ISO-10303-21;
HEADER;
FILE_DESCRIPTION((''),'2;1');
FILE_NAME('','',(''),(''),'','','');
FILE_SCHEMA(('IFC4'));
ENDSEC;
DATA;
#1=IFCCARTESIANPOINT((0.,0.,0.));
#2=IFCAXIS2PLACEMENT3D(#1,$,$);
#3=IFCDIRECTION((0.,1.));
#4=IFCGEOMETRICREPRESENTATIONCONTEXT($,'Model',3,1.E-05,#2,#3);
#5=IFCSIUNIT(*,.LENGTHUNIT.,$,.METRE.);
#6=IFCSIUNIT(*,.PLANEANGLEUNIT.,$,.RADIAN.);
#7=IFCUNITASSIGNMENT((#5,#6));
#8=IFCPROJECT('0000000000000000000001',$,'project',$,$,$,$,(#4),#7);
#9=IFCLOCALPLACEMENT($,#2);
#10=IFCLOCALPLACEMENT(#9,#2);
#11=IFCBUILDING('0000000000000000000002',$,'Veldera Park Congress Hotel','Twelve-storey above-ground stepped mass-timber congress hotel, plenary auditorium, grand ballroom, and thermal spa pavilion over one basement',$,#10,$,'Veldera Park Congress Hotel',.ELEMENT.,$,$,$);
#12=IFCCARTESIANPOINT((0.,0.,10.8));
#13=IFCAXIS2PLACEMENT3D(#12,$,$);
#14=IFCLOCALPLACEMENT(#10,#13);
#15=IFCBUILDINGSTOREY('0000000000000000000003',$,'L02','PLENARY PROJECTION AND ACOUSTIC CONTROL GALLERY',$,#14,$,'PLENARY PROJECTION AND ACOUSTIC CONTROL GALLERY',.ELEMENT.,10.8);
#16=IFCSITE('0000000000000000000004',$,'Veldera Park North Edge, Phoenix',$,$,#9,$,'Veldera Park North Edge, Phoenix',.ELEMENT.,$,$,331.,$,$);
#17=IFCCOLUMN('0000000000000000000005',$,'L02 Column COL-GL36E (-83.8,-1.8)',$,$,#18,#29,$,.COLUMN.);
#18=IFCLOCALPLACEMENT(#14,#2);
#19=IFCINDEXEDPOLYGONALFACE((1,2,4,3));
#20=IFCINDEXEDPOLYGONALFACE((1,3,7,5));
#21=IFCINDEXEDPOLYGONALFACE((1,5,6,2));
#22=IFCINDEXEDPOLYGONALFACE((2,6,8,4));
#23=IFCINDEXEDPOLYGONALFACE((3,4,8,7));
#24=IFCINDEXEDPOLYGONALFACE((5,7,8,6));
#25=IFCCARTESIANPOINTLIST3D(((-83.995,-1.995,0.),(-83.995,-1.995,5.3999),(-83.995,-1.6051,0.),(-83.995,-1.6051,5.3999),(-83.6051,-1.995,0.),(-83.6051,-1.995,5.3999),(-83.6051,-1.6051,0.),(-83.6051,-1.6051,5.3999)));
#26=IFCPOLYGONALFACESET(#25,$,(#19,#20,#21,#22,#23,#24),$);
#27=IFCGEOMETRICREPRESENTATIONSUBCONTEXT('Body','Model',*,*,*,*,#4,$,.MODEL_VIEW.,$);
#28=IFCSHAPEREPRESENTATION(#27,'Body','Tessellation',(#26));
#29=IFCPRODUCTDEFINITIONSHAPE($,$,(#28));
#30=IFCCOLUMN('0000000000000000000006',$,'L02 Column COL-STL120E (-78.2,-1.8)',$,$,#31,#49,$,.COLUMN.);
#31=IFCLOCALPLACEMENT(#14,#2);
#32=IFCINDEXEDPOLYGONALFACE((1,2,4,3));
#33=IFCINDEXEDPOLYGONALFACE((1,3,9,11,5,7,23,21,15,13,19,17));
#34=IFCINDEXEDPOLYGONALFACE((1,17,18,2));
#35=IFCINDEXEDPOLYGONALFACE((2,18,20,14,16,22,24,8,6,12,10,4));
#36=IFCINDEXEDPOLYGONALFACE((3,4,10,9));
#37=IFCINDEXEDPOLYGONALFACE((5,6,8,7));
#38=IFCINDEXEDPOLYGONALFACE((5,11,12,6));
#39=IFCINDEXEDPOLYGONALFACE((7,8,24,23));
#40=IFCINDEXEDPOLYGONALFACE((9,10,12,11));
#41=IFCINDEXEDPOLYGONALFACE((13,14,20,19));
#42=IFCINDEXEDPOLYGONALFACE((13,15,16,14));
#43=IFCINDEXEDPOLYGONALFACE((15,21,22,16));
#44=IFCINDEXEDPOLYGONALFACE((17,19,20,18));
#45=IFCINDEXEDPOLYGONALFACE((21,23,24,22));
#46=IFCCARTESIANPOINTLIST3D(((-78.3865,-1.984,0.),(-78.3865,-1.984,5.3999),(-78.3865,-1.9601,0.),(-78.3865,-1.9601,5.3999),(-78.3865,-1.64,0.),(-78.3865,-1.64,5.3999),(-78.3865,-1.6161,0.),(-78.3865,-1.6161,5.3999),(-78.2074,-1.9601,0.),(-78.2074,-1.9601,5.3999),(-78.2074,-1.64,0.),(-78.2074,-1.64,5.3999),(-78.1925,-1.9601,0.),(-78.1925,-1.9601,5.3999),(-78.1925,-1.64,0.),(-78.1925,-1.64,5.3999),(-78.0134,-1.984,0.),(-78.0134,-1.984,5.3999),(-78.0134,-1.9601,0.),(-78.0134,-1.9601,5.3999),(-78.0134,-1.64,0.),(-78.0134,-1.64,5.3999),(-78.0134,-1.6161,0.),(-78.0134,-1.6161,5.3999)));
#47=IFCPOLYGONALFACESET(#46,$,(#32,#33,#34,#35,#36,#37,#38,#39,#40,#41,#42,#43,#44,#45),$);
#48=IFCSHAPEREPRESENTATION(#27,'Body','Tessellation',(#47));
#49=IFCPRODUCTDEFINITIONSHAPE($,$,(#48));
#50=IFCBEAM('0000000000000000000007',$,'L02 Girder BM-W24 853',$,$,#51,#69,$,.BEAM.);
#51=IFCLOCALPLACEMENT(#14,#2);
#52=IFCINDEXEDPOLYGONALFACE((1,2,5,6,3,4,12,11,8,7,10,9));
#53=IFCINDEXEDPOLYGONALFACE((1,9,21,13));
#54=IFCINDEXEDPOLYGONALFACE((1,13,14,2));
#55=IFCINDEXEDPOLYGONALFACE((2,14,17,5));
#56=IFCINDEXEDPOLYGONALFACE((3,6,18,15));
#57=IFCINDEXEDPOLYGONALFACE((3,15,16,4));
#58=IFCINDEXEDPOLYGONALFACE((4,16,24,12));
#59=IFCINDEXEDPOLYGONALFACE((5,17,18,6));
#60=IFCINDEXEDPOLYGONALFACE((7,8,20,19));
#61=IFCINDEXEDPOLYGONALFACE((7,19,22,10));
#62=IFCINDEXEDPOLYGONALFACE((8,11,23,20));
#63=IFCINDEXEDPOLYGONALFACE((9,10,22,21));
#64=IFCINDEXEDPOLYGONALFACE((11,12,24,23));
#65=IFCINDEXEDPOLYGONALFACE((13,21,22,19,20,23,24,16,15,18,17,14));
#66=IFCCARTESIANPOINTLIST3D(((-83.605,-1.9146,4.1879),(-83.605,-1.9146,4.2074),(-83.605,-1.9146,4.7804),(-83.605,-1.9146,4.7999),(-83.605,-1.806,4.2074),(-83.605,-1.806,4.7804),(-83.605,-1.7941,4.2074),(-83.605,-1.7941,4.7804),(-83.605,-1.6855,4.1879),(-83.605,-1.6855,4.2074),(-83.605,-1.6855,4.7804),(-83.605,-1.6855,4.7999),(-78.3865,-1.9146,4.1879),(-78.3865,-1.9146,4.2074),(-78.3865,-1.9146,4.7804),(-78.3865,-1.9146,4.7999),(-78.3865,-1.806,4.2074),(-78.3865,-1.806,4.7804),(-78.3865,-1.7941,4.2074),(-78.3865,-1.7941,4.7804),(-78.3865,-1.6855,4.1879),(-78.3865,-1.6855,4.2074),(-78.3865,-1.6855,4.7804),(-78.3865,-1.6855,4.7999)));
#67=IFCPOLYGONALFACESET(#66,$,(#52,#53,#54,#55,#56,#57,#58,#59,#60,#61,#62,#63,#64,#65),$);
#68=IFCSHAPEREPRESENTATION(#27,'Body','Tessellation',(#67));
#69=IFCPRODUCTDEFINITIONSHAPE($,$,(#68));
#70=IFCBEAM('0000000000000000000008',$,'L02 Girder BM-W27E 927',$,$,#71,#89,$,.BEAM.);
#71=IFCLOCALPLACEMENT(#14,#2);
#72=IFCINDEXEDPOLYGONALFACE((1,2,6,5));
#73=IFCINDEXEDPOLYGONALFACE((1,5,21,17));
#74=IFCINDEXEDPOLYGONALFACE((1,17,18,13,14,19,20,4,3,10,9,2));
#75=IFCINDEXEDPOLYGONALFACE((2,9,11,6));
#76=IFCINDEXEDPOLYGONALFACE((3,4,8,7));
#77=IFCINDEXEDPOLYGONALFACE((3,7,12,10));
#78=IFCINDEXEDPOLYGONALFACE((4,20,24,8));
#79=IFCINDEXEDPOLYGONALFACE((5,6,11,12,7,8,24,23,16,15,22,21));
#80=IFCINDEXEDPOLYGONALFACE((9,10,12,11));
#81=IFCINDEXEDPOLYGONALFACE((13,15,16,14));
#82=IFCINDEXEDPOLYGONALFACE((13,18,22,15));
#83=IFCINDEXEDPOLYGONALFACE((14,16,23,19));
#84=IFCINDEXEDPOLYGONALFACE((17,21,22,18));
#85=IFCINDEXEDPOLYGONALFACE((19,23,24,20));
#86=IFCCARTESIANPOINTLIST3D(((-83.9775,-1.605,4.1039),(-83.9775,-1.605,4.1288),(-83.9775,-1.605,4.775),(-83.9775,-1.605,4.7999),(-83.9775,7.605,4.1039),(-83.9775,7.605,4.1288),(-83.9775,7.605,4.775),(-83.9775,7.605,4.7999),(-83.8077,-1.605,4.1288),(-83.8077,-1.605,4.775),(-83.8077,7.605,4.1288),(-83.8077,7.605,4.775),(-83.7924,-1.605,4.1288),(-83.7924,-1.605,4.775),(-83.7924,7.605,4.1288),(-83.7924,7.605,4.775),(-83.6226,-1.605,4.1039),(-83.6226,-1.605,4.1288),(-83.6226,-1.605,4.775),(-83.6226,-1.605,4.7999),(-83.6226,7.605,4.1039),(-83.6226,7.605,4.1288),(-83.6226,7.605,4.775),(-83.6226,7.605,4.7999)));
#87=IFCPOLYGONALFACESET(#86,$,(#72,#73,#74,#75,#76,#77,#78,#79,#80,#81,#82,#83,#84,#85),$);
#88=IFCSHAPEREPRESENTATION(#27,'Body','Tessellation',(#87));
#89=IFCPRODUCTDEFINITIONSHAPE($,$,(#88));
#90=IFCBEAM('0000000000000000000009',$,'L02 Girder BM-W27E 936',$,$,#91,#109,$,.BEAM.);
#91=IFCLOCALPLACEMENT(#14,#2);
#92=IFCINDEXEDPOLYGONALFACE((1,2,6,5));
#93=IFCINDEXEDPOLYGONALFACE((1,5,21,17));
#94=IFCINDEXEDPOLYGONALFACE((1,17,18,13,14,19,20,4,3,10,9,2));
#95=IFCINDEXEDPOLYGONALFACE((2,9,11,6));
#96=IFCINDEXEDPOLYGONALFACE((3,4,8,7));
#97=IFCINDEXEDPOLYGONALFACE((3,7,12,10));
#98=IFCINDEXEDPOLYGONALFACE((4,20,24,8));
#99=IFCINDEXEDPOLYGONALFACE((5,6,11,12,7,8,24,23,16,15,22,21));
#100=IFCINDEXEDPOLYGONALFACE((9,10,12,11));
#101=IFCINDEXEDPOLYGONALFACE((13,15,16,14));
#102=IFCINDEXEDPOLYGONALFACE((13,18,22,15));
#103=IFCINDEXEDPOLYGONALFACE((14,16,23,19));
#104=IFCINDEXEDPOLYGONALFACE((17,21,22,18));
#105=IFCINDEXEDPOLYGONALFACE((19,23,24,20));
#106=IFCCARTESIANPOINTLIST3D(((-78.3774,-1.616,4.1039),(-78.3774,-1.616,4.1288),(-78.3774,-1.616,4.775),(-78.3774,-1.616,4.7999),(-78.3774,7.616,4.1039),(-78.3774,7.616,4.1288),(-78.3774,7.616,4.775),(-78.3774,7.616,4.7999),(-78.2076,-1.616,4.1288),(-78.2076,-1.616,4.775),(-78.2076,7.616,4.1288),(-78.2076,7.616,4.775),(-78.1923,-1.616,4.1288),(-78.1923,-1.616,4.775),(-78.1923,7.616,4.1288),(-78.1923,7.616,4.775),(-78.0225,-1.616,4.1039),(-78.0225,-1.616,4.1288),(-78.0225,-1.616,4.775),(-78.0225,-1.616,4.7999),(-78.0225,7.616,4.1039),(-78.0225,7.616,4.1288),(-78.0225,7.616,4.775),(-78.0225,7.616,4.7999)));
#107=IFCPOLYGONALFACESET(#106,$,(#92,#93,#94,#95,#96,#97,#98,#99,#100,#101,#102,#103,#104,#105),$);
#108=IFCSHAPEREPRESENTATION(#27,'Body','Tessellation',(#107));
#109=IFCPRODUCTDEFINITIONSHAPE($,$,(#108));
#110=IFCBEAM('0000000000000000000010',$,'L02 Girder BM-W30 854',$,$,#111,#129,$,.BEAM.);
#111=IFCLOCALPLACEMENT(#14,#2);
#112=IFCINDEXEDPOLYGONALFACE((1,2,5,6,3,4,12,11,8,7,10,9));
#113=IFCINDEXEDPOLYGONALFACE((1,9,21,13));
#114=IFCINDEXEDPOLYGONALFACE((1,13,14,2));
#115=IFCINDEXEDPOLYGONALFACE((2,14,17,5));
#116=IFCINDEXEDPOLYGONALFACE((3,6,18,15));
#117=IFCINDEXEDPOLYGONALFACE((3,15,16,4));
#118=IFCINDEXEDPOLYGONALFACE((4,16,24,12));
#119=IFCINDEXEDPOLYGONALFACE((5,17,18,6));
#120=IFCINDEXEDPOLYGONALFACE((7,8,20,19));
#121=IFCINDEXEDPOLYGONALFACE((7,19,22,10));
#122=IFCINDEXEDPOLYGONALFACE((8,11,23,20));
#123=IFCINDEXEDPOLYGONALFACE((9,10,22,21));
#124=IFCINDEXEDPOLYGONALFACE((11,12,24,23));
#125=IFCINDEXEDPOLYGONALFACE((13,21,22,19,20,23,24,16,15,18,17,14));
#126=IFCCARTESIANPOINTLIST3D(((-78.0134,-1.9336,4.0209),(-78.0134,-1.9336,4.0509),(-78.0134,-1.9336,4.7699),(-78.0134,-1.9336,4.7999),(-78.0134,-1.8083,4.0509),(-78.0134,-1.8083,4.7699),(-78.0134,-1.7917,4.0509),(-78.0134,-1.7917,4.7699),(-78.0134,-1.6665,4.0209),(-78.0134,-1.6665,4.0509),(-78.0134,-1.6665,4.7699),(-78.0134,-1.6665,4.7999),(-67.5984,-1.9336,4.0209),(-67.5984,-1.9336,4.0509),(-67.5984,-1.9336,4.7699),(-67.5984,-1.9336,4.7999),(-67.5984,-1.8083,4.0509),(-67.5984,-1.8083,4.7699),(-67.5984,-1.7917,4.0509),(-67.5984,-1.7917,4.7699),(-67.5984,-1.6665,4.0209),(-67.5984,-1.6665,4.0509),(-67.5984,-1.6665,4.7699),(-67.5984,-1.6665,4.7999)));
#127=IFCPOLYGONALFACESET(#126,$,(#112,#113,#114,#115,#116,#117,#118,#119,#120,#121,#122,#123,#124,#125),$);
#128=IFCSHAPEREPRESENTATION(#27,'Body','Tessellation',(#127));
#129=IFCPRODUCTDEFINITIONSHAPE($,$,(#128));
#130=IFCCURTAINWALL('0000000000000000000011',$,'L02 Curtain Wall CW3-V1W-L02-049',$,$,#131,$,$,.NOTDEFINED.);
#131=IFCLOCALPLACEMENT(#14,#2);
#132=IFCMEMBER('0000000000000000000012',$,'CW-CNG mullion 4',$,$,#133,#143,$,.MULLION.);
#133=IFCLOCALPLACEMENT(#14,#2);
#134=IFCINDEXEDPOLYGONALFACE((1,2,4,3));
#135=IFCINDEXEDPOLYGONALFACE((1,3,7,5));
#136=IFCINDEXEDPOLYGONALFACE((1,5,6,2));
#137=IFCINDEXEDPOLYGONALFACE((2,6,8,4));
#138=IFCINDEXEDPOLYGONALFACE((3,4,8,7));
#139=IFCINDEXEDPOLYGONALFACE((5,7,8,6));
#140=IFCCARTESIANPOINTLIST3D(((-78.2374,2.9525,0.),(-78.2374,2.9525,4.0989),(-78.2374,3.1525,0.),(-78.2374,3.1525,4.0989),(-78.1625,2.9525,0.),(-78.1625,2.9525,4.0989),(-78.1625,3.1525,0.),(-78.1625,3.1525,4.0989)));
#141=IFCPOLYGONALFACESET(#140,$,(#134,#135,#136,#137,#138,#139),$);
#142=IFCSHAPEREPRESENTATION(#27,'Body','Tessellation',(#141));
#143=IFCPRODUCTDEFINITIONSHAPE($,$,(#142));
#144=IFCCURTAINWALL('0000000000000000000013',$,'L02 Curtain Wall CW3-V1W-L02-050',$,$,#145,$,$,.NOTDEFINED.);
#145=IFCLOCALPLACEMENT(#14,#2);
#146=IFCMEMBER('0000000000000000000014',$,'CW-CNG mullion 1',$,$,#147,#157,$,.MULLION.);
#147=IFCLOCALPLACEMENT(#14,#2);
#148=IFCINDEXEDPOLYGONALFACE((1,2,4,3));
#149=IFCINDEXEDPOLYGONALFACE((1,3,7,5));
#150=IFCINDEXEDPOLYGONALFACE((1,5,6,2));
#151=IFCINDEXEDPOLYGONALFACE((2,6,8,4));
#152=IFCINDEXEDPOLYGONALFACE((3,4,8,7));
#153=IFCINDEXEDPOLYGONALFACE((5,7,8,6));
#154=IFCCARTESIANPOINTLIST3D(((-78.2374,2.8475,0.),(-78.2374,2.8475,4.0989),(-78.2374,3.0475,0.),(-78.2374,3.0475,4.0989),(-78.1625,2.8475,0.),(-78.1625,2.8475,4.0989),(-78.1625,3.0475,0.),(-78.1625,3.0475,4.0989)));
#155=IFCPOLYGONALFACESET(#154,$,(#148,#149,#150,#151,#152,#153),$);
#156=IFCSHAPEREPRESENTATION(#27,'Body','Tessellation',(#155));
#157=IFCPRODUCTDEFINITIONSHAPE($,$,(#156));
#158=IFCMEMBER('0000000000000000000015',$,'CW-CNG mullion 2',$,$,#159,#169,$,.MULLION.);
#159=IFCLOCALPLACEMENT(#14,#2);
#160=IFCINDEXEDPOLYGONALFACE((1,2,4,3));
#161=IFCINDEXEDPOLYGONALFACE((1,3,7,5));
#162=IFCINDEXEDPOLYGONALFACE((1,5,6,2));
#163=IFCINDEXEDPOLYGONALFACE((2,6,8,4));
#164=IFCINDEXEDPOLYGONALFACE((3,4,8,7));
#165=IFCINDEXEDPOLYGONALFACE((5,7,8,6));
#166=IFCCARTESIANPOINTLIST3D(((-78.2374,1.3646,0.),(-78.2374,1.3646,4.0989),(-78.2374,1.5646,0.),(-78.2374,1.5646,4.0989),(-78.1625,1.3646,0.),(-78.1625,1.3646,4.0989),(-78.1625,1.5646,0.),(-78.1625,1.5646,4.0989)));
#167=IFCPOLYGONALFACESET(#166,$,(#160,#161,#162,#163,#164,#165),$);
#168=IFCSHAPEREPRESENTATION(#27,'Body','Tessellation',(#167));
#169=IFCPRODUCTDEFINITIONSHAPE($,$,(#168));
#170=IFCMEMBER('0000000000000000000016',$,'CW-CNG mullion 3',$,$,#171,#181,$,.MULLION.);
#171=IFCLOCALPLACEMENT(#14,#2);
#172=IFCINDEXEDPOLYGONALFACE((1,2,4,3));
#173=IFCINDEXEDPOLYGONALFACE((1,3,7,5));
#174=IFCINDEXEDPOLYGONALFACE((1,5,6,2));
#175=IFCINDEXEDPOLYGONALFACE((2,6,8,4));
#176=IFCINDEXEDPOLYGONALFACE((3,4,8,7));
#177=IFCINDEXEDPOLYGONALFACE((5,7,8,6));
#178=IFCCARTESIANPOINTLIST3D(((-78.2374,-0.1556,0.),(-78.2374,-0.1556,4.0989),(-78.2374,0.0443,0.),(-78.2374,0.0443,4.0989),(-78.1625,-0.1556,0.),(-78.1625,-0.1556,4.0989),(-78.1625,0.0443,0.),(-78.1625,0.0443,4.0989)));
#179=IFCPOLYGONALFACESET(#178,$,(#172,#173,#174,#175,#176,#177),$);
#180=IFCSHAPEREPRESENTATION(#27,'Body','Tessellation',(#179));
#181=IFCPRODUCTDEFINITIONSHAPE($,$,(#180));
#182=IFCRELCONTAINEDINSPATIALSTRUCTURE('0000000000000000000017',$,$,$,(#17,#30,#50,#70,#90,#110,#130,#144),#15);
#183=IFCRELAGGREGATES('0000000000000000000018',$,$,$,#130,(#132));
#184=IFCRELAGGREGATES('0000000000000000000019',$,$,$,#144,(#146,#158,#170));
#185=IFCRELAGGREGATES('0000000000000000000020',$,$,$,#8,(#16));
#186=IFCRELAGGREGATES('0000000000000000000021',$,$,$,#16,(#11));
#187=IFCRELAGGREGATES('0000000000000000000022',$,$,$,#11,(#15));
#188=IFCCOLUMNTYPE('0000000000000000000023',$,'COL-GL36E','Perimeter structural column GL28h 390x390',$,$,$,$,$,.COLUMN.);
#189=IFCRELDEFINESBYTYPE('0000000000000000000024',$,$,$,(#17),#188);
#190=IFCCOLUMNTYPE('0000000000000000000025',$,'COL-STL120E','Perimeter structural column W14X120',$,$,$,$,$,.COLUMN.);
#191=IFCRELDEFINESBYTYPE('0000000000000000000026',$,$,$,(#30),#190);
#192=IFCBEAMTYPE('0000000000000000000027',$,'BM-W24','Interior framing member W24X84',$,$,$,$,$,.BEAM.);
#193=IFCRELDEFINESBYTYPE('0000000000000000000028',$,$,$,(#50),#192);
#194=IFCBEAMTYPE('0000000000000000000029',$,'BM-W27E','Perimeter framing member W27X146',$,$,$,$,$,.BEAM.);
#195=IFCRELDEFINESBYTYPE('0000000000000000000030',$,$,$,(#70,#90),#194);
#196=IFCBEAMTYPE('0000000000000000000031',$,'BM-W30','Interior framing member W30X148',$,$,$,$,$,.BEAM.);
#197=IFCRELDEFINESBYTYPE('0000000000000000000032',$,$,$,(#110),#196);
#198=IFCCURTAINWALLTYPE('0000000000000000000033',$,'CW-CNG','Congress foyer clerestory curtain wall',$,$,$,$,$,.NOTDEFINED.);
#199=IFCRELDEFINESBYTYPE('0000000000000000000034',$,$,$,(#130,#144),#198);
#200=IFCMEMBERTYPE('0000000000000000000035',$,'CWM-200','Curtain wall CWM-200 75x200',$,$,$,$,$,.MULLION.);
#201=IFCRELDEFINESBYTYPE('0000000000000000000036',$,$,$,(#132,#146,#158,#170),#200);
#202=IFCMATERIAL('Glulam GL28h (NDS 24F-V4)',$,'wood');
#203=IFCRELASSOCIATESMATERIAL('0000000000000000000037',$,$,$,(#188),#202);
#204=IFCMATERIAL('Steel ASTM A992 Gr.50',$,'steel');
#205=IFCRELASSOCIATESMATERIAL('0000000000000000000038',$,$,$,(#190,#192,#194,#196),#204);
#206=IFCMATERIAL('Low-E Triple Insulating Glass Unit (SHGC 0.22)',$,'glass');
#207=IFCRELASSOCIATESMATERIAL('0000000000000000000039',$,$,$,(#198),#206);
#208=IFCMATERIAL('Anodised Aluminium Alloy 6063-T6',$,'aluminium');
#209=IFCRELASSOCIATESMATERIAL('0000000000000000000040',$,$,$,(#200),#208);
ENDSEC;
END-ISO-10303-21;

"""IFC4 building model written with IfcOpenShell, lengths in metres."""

from ifc_helpers import new_model, si_unit, direction, frame, origin, origin_2d, place, context, subcontext, project, spatial, rectangle, i_section, extrude, material, material_profile, profile_set, type_object, element, aggregate, save


model = new_model("IFC4")

# Units and contexts
model_context = context("Model", 3, precision=1e-05, world=origin(), true_north=direction((0.0, 1.0)))
body_context = subcontext(model_context, "Body", "Model", "MODEL_VIEW")
ifc_project = project(units=[si_unit("LENGTHUNIT", "METRE"), si_unit("PLANEANGLEUNIT", "RADIAN")], contexts=[model_context])

# Site, building, storey
site_placement = place(None, origin())
site = spatial("IfcSite", under=ifc_project, at=site_placement, Name="Veldera Park North Edge, Phoenix", LongName="Veldera Park North Edge, Phoenix", CompositionType="ELEMENT", RefElevation=331.0)
building_placement = place(site_placement, origin())
building = spatial("IfcBuilding", under=site, at=building_placement, Name="Veldera Park Congress Hotel", Description="Twelve-storey above-ground stepped mass-timber congress hotel, plenary auditorium, grand ballroom, and thermal spa pavilion over one basement", LongName="Veldera Park Congress Hotel", CompositionType="ELEMENT")
storey_placement = place(building_placement, frame((0.0, 0.0, 10.8)))
storey = spatial("IfcBuildingStorey", under=building, at=storey_placement, Name="L02", Description="PLENARY PROJECTION AND ACOUSTIC CONTROL GALLERY", LongName="PLENARY PROJECTION AND ACOUSTIC CONTROL GALLERY", CompositionType="ELEMENT", Elevation=10.8)

# Columns
ifc_material_1 = material(Name="Glulam GL28h (NDS 24F-V4)", Category="wood")
ifc_material_profile_1 = material_profile(ifc_material_1, rectangle(XDim=0.3899, YDim=0.3899, at=origin_2d()), Name="GL28h 390x390")
ifc_profile_set_1 = profile_set([ifc_material_profile_1], Name="Glulam GL28h (NDS 24F-V4)")
column_type_1 = type_object("IfcColumnType", Name="COL-GL36E", Description="Perimeter structural column GL28h 390x390", PredefinedType="COLUMN", material=ifc_profile_set_1)
column_1_placement = place(storey_placement, frame((-83.8, -1.8, 0.0), z_axis=(0.0, 0.0, 1.0), x_axis=(1.0, 0.0, 0.0)))
element("IfcColumn", 1, at=column_1_placement, inside=storey, type_object=column_type_1, Name="L02 Column COL-GL36E (-83.8,-1.8)", PredefinedType="COLUMN", context=body_context, shape_type="SweptSolid", body=[
    extrude(rectangle(XDim=0.3899, YDim=0.3899, at=origin_2d()), origin(), (0.0, 0.0, 1.0), 5.3999),
])
ifc_material_2 = material(Name="Steel ASTM A992 Gr.50", Category="steel")
ifc_material_profile_2 = material_profile(ifc_material_2, i_section(OverallWidth=0.373, OverallDepth=0.3679, WebThickness=0.0149, FlangeThickness=0.0239, at=origin_2d()), Name="W14X120")
ifc_profile_set_2 = profile_set([ifc_material_profile_2], Name="Steel ASTM A992 Gr.50")
column_type_2 = type_object("IfcColumnType", Name="COL-STL120E", Description="Perimeter structural column W14X120", PredefinedType="COLUMN", material=ifc_profile_set_2)
column_2_placement = place(storey_placement, frame((-78.2, -1.8, 0.0), z_axis=(0.0, 0.0, 1.0), x_axis=(1.0, 0.0, 0.0)))
element("IfcColumn", 2, at=column_2_placement, inside=storey, type_object=column_type_2, Name="L02 Column COL-STL120E (-78.2,-1.8)", PredefinedType="COLUMN", context=body_context, shape_type="SweptSolid", body=[
    extrude(i_section(OverallWidth=0.373, OverallDepth=0.3679, WebThickness=0.0149, FlangeThickness=0.0239, at=origin_2d()), origin(), (0.0, 0.0, 1.0), 5.3999),
])

# Beams
ifc_material_profile_3 = material_profile(ifc_material_2, i_section(OverallWidth=0.229, OverallDepth=0.6121, WebThickness=0.012, FlangeThickness=0.0195, at=origin_2d()), Name="W24X84")
ifc_profile_set_3 = profile_set([ifc_material_profile_3], Name="Steel ASTM A992 Gr.50")
beam_type_1 = type_object("IfcBeamType", Name="BM-W24", Description="Interior framing member W24X84", PredefinedType="BEAM", material=ifc_profile_set_3)
beam_1_placement = place(storey_placement, frame((-83.605, -1.8, 4.4939), z_axis=(1.0, 0.0, 0.0), x_axis=(0.0, 1.0, 0.0)))
element("IfcBeam", 3, at=beam_1_placement, inside=storey, type_object=beam_type_1, Name="L02 Girder BM-W24 853", PredefinedType="BEAM", context=body_context, shape_type="SweptSolid", body=[
    extrude(i_section(OverallWidth=0.229, OverallDepth=0.6121, WebThickness=0.012, FlangeThickness=0.0195, at=origin_2d()), origin(), (0.0, 0.0, 1.0), 5.2185),
])
ifc_material_profile_4 = material_profile(ifc_material_2, i_section(OverallWidth=0.355, OverallDepth=0.696, WebThickness=0.0154, FlangeThickness=0.0249, at=origin_2d()), Name="W27X146")
ifc_profile_set_4 = profile_set([ifc_material_profile_4], Name="Steel ASTM A992 Gr.50")
beam_type_2 = type_object("IfcBeamType", Name="BM-W27E", Description="Perimeter framing member W27X146", PredefinedType="BEAM", material=ifc_profile_set_4)
beam_2_placement = place(storey_placement, frame((-83.8, -1.605, 4.4519), z_axis=(0.0, 1.0, 0.0), x_axis=(-1.0, 0.0, 0.0)))
element("IfcBeam", 4, at=beam_2_placement, inside=storey, type_object=beam_type_2, Name="L02 Girder BM-W27E 927", PredefinedType="BEAM", context=body_context, shape_type="SweptSolid", body=[
    extrude(i_section(OverallWidth=0.355, OverallDepth=0.696, WebThickness=0.0154, FlangeThickness=0.0249, at=origin_2d()), origin(), (0.0, 0.0, 1.0), 9.21),
])
beam_3_placement = place(storey_placement, frame((-78.2, -1.616, 4.4519), z_axis=(0.0, 1.0, 0.0), x_axis=(-1.0, 0.0, 0.0)))
element("IfcBeam", 5, at=beam_3_placement, inside=storey, type_object=beam_type_2, Name="L02 Girder BM-W27E 936", PredefinedType="BEAM", context=body_context, shape_type="SweptSolid", body=[
    extrude(i_section(OverallWidth=0.355, OverallDepth=0.696, WebThickness=0.0154, FlangeThickness=0.0249, at=origin_2d()), origin(), (0.0, 0.0, 1.0), 9.2319),
])
ifc_material_profile_5 = material_profile(ifc_material_2, i_section(OverallWidth=0.2671, OverallDepth=0.7791, WebThickness=0.0166, FlangeThickness=0.03, at=origin_2d()), Name="W30X148")
ifc_profile_set_5 = profile_set([ifc_material_profile_5], Name="Steel ASTM A992 Gr.50")
beam_type_3 = type_object("IfcBeamType", Name="BM-W30", Description="Interior framing member W30X148", PredefinedType="BEAM", material=ifc_profile_set_5)
beam_4_placement = place(storey_placement, frame((-78.0134, -1.8, 4.4104), z_axis=(1.0, 0.0, 0.0), x_axis=(0.0, 1.0, 0.0)))
element("IfcBeam", 6, at=beam_4_placement, inside=storey, type_object=beam_type_3, Name="L02 Girder BM-W30 854", PredefinedType="BEAM", context=body_context, shape_type="SweptSolid", body=[
    extrude(i_section(OverallWidth=0.2671, OverallDepth=0.7791, WebThickness=0.0166, FlangeThickness=0.03, at=origin_2d()), origin(), (0.0, 0.0, 1.0), 10.415),
])

# Curtain wall, member
ifc_material_3 = material(Name="Low-E Triple Insulating Glass Unit (SHGC 0.22)", Category="glass")
curtain_wall_type = type_object("IfcCurtainWallType", Name="CW-CNG", Description="Congress foyer clerestory curtain wall", PredefinedType="NOTDEFINED", material=ifc_material_3)
curtain_wall_1_placement = place(storey_placement, origin())
curtain_wall_1 = element("IfcCurtainWall", 7, at=curtain_wall_1_placement, inside=storey, type_object=curtain_wall_type, Name="L02 Curtain Wall CW3-V1W-L02-049", PredefinedType="NOTDEFINED")
ifc_material_4 = material(Name="Anodised Aluminium Alloy 6063-T6", Category="aluminium")
ifc_material_profile_6 = material_profile(ifc_material_4, rectangle(XDim=0.075, YDim=0.2, at=origin_2d()), Name="ALU 75x200")
ifc_profile_set_6 = profile_set([ifc_material_profile_6], Name="Anodised Aluminium Alloy 6063-T6")
member_type_1 = type_object("IfcMemberType", Name="CWM-200", Description="Curtain wall CWM-200 75x200", PredefinedType="MULLION", material=ifc_profile_set_6)
member_1_placement = place(storey_placement, frame((-78.2, 3.0525, 0.0), z_axis=(0.0, 0.0, 1.0), x_axis=(1.0, 0.0, 0.0)))
member_1 = element("IfcMember", 8, at=member_1_placement, type_object=member_type_1, Name="CW-CNG mullion 4", PredefinedType="MULLION", context=body_context, shape_type="SweptSolid", body=[
    extrude(rectangle(XDim=0.075, YDim=0.2, at=origin_2d()), origin(), (0.0, 0.0, 1.0), 4.0989),
])

# Curtain wall, members
curtain_wall_2_placement = place(storey_placement, origin())
curtain_wall_2 = element("IfcCurtainWall", 9, at=curtain_wall_2_placement, inside=storey, type_object=curtain_wall_type, Name="L02 Curtain Wall CW3-V1W-L02-050", PredefinedType="NOTDEFINED")
member_2_placement = place(storey_placement, frame((-78.2, 2.9475, 0.0), z_axis=(0.0, 0.0, 1.0), x_axis=(1.0, 0.0, 0.0)))
member_2 = element("IfcMember", 10, at=member_2_placement, type_object=member_type_1, Name="CW-CNG mullion 1", PredefinedType="MULLION", context=body_context, shape_type="SweptSolid", body=[
    extrude(rectangle(XDim=0.075, YDim=0.2, at=origin_2d()), origin(), (0.0, 0.0, 1.0), 4.0989),
])
member_3_placement = place(storey_placement, frame((-78.2, 1.4646, 0.0), z_axis=(0.0, 0.0, 1.0), x_axis=(1.0, 0.0, 0.0)))
member_3 = element("IfcMember", 11, at=member_3_placement, type_object=member_type_1, Name="CW-CNG mullion 2", PredefinedType="MULLION", context=body_context, shape_type="SweptSolid", body=[
    extrude(rectangle(XDim=0.075, YDim=0.2, at=origin_2d()), origin(), (0.0, 0.0, 1.0), 4.0989),
])
member_4_placement = place(storey_placement, frame((-78.2, -0.0557, 0.0), z_axis=(0.0, 0.0, 1.0), x_axis=(1.0, 0.0, 0.0)))
member_4 = element("IfcMember", 12, at=member_4_placement, type_object=member_type_1, Name="CW-CNG mullion 3", PredefinedType="MULLION", context=body_context, shape_type="SweptSolid", body=[
    extrude(rectangle(XDim=0.075, YDim=0.2, at=origin_2d()), origin(), (0.0, 0.0, 1.0), 4.0989),
])

aggregate(curtain_wall_1, [member_1])
aggregate(curtain_wall_2, [member_2, member_3, member_4])

save(model, "model.ifc")
